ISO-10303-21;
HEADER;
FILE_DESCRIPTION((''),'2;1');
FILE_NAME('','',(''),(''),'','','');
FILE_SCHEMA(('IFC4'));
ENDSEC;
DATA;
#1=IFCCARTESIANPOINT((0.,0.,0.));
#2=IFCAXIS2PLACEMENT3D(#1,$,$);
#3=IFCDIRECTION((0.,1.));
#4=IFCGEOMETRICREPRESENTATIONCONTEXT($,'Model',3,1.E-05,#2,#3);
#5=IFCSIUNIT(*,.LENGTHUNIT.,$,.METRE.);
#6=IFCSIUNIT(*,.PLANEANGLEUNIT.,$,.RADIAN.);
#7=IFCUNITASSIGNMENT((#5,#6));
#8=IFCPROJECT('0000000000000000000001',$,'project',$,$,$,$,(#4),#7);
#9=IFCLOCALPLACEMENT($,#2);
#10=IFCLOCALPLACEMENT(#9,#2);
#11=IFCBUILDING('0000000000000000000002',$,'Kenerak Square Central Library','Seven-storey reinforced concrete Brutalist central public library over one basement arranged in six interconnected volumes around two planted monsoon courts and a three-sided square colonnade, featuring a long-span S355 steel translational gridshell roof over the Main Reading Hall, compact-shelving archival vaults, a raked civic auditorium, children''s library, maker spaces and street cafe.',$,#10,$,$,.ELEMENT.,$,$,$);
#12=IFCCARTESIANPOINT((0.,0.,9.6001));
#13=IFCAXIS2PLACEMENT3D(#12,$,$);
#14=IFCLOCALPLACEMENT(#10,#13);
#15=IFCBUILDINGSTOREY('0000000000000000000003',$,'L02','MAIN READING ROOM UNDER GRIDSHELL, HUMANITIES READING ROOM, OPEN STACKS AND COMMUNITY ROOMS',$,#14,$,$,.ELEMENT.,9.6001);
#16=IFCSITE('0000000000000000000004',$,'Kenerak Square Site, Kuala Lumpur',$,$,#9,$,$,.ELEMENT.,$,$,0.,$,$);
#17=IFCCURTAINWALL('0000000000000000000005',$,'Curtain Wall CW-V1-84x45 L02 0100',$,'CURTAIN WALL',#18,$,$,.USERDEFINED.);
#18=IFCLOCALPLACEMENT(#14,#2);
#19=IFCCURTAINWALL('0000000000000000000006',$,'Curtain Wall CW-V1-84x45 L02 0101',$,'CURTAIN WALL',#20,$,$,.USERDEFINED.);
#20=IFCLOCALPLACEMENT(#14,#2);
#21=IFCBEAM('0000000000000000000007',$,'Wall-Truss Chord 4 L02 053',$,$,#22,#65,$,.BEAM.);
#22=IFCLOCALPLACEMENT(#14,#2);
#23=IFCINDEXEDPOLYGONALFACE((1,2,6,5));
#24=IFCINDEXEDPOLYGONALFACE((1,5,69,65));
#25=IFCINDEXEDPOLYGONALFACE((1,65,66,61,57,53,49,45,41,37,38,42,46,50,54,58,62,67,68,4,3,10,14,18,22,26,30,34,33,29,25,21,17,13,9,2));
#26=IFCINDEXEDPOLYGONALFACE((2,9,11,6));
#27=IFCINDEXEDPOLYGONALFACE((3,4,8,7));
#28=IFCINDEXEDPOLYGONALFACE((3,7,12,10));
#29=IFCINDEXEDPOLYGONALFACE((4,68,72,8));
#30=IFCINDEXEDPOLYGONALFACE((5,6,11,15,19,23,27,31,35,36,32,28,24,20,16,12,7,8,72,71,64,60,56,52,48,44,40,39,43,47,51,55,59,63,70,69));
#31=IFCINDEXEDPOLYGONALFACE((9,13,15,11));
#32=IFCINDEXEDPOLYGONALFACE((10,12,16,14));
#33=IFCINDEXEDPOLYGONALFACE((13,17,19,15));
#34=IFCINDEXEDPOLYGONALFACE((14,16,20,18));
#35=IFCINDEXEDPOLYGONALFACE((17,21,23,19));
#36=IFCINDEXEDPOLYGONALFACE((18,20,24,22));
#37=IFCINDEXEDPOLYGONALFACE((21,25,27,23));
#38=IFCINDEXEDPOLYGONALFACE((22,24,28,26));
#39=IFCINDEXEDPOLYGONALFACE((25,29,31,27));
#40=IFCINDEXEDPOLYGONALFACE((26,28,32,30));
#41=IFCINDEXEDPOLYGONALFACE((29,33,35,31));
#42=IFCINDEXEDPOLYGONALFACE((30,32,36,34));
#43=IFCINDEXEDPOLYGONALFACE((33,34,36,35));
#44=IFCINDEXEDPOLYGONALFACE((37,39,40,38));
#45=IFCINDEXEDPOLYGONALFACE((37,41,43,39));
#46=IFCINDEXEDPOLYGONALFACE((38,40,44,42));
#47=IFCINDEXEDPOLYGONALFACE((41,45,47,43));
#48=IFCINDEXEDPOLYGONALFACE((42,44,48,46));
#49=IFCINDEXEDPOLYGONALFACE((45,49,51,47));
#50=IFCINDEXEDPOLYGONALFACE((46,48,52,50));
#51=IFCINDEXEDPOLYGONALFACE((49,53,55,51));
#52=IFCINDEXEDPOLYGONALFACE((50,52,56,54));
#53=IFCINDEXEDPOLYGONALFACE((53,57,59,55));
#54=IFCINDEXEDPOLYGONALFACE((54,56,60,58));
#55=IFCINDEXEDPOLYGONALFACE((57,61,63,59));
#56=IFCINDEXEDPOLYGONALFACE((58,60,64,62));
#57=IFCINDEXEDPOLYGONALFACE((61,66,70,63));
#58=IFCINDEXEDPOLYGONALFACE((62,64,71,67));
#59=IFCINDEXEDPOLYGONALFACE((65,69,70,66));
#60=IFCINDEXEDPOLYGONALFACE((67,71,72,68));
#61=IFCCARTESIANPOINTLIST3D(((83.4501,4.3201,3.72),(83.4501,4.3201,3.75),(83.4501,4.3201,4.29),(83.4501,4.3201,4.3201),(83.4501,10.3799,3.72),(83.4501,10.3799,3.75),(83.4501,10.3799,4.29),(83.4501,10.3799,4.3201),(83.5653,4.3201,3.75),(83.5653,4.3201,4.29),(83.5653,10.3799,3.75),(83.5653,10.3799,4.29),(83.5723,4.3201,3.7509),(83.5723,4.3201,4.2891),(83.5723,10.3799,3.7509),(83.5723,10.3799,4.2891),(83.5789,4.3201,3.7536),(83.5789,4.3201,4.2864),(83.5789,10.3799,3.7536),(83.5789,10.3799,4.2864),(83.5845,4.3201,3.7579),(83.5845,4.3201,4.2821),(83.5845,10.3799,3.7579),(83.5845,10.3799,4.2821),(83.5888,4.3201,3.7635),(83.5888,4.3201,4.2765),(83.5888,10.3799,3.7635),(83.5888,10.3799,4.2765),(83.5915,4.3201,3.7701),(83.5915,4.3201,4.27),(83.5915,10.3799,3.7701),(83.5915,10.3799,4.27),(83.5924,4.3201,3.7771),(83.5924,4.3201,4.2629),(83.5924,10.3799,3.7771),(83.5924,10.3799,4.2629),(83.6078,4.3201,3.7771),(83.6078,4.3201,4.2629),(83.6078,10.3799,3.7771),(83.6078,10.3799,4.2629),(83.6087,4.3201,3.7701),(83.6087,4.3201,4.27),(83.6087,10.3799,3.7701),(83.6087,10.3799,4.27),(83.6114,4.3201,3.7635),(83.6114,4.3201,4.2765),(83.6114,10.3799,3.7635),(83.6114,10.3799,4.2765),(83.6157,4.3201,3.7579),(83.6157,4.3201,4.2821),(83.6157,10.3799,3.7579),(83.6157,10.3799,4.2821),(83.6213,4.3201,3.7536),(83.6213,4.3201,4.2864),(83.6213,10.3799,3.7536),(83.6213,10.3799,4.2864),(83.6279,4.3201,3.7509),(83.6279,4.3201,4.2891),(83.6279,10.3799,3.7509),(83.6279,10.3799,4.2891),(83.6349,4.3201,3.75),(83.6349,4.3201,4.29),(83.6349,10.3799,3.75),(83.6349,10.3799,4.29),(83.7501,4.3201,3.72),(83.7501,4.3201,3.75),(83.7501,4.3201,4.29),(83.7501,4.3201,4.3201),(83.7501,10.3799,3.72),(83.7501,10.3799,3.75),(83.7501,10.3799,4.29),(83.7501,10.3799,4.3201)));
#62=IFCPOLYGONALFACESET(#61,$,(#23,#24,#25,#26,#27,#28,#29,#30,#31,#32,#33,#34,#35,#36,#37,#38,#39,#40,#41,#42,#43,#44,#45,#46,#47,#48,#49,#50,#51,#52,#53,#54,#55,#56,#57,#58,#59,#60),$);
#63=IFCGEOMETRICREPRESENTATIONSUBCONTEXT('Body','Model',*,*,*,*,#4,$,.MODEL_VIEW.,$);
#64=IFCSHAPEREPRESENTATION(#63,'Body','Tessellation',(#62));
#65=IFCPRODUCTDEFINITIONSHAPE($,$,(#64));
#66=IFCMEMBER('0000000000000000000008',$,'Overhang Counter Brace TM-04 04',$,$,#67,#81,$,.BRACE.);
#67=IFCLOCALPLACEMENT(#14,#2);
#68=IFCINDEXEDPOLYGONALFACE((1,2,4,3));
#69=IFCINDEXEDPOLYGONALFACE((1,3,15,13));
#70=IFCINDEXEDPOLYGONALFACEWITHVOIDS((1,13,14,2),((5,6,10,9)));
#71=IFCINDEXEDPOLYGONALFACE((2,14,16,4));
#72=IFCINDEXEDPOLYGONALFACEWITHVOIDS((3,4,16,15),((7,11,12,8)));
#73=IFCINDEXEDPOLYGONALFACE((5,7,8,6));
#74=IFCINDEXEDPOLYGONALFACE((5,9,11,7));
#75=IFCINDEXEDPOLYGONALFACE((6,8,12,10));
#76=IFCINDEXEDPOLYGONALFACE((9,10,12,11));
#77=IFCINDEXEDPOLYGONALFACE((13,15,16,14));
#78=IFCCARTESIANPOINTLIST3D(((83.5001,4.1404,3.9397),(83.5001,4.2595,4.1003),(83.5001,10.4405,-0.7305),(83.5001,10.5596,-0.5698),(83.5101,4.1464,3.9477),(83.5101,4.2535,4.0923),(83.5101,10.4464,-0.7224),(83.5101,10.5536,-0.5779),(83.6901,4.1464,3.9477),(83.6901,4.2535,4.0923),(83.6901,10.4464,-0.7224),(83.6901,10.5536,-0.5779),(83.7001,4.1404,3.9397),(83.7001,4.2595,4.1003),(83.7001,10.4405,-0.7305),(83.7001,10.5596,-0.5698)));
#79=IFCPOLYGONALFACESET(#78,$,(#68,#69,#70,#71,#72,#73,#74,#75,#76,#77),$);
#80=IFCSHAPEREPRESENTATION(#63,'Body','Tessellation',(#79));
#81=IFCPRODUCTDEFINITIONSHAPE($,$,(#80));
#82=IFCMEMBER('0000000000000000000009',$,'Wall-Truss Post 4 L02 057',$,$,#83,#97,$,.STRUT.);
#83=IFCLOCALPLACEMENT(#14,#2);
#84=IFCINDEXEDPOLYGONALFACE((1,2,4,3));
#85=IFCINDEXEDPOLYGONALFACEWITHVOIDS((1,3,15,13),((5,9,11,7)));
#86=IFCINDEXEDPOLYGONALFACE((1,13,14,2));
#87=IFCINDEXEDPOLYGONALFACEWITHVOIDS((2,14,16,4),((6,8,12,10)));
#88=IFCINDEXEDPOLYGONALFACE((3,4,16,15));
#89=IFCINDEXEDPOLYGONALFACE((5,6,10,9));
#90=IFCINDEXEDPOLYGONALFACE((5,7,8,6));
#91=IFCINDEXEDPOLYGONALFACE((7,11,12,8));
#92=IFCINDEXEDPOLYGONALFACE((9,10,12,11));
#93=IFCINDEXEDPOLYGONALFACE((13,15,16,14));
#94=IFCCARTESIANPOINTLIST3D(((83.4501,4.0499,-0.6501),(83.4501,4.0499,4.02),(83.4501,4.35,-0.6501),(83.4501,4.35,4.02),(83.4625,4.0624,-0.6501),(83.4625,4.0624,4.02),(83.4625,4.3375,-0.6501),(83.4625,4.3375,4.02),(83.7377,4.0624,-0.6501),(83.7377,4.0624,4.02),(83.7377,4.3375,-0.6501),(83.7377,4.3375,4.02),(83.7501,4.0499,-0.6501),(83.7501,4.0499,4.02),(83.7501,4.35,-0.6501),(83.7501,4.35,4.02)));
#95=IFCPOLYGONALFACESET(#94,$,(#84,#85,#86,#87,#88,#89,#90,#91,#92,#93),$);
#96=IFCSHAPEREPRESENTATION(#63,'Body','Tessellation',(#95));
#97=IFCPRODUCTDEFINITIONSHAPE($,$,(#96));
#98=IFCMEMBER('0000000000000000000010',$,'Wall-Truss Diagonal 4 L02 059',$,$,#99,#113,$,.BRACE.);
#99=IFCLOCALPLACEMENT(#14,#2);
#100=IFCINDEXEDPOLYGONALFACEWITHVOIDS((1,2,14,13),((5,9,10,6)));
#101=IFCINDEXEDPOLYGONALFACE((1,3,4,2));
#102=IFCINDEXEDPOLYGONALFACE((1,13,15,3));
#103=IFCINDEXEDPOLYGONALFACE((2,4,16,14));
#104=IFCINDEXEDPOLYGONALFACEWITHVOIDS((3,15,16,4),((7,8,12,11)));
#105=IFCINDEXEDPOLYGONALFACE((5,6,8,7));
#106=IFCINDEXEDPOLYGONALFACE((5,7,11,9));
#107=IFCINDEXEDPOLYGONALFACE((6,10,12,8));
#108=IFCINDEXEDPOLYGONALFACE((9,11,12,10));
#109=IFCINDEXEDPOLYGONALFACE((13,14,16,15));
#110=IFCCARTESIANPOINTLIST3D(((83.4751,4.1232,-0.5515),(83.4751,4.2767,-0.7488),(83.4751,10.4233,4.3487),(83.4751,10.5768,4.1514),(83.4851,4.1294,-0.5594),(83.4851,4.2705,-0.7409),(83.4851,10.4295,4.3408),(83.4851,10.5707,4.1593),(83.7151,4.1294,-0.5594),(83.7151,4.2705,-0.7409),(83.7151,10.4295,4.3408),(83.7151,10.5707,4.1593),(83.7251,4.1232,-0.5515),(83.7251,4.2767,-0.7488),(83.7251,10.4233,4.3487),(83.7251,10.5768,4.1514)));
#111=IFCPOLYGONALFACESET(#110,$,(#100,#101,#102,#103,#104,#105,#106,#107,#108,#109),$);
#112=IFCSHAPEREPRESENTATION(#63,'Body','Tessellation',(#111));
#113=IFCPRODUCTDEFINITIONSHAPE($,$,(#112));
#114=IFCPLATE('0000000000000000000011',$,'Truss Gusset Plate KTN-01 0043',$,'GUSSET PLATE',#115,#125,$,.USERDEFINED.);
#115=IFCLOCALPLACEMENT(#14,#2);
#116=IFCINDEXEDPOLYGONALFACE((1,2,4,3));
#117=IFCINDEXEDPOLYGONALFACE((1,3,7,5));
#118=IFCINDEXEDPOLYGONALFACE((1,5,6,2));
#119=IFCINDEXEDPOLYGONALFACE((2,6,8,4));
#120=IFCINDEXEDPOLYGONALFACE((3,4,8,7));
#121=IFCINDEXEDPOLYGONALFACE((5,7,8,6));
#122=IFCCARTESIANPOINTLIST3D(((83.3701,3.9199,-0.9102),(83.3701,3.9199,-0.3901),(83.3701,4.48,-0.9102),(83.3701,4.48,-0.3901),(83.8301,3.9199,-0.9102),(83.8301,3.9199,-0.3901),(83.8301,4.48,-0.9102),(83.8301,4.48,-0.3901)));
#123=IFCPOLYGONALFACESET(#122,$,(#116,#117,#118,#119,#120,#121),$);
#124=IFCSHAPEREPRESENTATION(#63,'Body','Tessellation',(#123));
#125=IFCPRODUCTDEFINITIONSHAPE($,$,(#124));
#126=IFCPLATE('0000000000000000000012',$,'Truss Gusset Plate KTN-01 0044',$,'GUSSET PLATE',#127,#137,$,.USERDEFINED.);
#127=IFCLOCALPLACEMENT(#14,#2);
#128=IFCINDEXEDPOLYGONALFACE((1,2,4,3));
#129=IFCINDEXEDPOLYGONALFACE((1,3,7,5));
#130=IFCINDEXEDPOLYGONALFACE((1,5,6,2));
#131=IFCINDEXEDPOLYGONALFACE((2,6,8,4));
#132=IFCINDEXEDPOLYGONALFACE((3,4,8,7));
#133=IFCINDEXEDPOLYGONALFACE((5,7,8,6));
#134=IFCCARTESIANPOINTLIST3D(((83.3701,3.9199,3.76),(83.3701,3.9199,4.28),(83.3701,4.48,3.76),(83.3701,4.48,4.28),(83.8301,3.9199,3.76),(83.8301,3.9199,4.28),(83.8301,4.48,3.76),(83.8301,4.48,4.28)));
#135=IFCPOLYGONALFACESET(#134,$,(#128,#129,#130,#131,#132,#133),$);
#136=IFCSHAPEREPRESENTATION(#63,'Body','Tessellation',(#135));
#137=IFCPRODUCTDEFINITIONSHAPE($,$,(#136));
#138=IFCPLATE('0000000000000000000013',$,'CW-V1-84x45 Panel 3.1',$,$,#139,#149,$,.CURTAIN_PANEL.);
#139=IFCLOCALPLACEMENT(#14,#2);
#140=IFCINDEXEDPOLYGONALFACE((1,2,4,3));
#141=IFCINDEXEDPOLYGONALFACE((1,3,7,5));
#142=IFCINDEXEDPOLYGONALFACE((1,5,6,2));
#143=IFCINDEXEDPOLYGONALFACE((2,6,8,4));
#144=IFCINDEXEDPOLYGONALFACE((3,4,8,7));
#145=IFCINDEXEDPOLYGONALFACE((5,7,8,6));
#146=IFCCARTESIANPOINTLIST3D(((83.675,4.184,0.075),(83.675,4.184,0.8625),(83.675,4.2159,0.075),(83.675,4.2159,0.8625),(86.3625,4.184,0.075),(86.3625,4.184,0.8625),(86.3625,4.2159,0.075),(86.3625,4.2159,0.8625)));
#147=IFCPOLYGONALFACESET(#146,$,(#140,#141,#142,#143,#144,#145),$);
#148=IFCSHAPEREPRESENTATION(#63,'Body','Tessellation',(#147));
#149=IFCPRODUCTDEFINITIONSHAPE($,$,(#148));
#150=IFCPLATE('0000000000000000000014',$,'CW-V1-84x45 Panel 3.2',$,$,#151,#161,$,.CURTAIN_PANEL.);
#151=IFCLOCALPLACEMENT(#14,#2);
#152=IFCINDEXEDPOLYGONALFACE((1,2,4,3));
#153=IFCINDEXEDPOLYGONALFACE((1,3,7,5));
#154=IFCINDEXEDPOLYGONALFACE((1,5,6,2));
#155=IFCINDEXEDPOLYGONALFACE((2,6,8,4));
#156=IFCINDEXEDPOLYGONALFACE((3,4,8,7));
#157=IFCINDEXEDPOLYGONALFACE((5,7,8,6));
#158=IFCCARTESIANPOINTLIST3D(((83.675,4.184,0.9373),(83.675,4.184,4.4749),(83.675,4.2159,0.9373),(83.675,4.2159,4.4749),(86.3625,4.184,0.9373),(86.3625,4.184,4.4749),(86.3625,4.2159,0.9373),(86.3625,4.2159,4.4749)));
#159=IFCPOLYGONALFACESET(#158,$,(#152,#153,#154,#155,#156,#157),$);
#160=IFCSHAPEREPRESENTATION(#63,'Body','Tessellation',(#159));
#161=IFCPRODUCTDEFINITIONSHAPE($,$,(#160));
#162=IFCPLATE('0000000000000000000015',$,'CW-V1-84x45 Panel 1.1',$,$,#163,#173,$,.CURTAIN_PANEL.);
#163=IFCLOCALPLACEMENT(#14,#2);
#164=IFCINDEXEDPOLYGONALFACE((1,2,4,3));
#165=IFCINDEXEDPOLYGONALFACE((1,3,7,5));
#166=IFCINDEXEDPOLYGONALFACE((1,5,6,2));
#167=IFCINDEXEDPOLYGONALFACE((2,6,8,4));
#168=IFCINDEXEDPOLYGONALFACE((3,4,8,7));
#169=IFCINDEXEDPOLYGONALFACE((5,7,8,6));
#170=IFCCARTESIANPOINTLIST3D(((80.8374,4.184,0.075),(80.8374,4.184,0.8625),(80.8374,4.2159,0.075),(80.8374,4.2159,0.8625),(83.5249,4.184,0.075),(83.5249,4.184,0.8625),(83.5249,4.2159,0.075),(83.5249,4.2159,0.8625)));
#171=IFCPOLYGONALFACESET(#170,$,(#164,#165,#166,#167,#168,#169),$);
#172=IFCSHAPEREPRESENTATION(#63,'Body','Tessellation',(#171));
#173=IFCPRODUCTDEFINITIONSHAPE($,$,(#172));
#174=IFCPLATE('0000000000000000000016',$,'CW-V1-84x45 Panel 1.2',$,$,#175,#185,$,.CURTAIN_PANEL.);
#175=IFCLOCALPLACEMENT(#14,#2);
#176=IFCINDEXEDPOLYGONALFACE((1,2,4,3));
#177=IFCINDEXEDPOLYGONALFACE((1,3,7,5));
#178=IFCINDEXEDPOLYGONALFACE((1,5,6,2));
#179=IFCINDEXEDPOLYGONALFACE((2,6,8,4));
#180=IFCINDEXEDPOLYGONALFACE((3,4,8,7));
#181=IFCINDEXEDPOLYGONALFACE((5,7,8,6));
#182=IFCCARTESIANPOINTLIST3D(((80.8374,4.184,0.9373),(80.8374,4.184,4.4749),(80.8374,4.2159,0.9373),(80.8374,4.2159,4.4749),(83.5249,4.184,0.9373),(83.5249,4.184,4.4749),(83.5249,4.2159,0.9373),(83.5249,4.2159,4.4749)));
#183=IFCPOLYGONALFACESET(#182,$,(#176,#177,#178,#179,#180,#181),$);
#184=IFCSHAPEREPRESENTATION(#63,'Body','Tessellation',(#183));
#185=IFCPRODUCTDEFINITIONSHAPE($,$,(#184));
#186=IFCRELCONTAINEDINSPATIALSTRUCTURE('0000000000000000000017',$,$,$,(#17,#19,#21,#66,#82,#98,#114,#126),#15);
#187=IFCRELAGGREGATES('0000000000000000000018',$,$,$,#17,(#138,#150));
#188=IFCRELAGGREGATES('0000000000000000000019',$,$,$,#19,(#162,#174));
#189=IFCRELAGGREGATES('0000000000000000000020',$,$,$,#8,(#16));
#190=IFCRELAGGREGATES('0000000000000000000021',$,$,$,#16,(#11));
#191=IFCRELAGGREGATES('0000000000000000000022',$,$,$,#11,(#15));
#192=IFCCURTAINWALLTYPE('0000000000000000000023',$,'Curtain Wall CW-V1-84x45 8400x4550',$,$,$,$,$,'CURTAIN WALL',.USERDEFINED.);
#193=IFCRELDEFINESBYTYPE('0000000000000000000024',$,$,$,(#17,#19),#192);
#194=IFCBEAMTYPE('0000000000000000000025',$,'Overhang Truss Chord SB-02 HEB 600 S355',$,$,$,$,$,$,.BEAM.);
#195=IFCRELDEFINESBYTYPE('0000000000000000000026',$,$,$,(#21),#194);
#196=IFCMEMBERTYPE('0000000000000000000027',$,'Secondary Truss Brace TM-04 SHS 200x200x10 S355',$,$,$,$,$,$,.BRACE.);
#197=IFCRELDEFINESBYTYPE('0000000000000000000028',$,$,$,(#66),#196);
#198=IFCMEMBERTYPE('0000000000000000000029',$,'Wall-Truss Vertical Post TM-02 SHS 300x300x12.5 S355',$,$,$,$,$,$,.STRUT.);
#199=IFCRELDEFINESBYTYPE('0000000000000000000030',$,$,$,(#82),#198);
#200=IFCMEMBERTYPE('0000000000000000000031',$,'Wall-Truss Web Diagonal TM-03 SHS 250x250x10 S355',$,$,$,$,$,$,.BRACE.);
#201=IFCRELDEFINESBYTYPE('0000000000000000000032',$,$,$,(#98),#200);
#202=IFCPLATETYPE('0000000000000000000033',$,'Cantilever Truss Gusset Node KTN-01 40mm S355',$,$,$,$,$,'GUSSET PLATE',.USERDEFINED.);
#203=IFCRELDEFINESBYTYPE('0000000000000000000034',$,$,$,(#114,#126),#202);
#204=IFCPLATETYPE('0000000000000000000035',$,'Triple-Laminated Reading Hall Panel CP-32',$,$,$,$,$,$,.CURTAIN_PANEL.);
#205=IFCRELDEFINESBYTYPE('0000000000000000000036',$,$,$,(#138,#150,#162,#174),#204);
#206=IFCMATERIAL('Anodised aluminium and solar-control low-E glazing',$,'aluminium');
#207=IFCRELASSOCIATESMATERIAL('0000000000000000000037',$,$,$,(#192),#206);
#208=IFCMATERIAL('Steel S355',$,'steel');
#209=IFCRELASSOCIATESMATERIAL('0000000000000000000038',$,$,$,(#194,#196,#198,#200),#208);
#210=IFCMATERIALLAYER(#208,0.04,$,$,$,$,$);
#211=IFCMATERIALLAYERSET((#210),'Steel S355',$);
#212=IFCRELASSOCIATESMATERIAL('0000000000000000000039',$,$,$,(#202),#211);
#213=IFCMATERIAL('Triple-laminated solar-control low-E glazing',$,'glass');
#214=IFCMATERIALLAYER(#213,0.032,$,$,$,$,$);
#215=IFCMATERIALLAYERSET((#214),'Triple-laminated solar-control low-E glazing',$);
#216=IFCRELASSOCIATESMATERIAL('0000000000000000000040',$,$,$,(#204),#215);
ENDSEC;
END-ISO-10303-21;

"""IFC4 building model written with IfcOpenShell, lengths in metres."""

from ifc_helpers import new_model, si_unit, direction, frame, origin, origin_2d, place, context, subcontext, project, spatial, rectangle, hollow_rectangle, i_section, extrude, material, layer, layer_set, material_profile, profile_set, type_object, element, aggregate, save


model = new_model("IFC4")

# Units and contexts
model_context = context("Model", 3, precision=1e-05, world=origin(), true_north=direction((0.0, 1.0)))
body_context = subcontext(model_context, "Body", "Model", "MODEL_VIEW")
ifc_project = project(units=[si_unit("LENGTHUNIT", "METRE"), si_unit("PLANEANGLEUNIT", "RADIAN")], contexts=[model_context])

# Site, building, storey
site_placement = place(None, origin())
site = spatial("IfcSite", under=ifc_project, at=site_placement, Name="Kenerak Square Site, Kuala Lumpur", CompositionType="ELEMENT", RefElevation=0.0)
building_placement = place(site_placement, origin())
building = spatial("IfcBuilding", under=site, at=building_placement, Name="Kenerak Square Central Library", Description="Seven-storey reinforced concrete Brutalist central public library over one basement arranged in six interconnected volumes around two planted monsoon courts and a three-sided square colonnade, featuring a long-span S355 steel translational gridshell roof over the Main Reading Hall, compact-shelving archival vaults, a raked civic auditorium, children's library, maker spaces and street cafe.", CompositionType="ELEMENT")
storey_placement = place(building_placement, frame((0.0, 0.0, 9.6001)))
storey = spatial("IfcBuildingStorey", under=building, at=storey_placement, Name="L02", Description="MAIN READING ROOM UNDER GRIDSHELL, HUMANITIES READING ROOM, OPEN STACKS AND COMMUNITY ROOMS", CompositionType="ELEMENT", Elevation=9.6001)

# Curtain wall
ifc_material_1 = material(Name="Anodised aluminium and solar-control low-E glazing", Category="aluminium")
curtain_wall_type = type_object("IfcCurtainWallType", Name="Curtain Wall CW-V1-84x45 8400x4550", ElementType="CURTAIN WALL", PredefinedType="USERDEFINED", material=ifc_material_1)
curtain_wall_1_placement = place(storey_placement, origin())
curtain_wall_1 = element("IfcCurtainWall", 1, at=curtain_wall_1_placement, inside=storey, type_object=curtain_wall_type, Name="Curtain Wall CW-V1-84x45 L02 0100", ObjectType="CURTAIN WALL", PredefinedType="USERDEFINED")

# Curtain wall
curtain_wall_2_placement = place(storey_placement, origin())
curtain_wall_2 = element("IfcCurtainWall", 2, at=curtain_wall_2_placement, inside=storey, type_object=curtain_wall_type, Name="Curtain Wall CW-V1-84x45 L02 0101", ObjectType="CURTAIN WALL", PredefinedType="USERDEFINED")

# Beam
ifc_material_2 = material(Name="Steel S355", Category="steel")
ifc_material_profile_1 = material_profile(ifc_material_2, i_section(OverallWidth=0.3, OverallDepth=0.6001, WebThickness=0.0154, FlangeThickness=0.03, FilletRadius=0.0271, at=origin_2d()), Name="HEB 600")
ifc_profile_set_1 = profile_set([ifc_material_profile_1], Name="Steel S355")
beam_type_1 = type_object("IfcBeamType", Name="Overhang Truss Chord SB-02 HEB 600 S355", PredefinedType="BEAM", material=ifc_profile_set_1)
beam_1_placement = place(storey_placement, frame((83.6001, 4.3201, 4.02), z_axis=(0.0, 1.0, 0.0), x_axis=(-1.0, 0.0, 0.0)))
element("IfcBeam", 3, at=beam_1_placement, inside=storey, type_object=beam_type_1, Name="Wall-Truss Chord 4 L02 053", PredefinedType="BEAM", context=body_context, shape_type="SweptSolid", body=[
    extrude(i_section(OverallWidth=0.3, OverallDepth=0.6001, WebThickness=0.0154, FlangeThickness=0.03, FilletRadius=0.0271, at=origin_2d()), origin(), (0.0, 0.0, 1.0), 6.0598),
])

# Members
ifc_material_profile_2 = material_profile(ifc_material_2, hollow_rectangle(XDim=0.2, YDim=0.2, WallThickness=0.01, at=origin_2d()), Name="SHS 200x200x10.0")
ifc_profile_set_2 = profile_set([ifc_material_profile_2], Name="Steel S355")
member_type_1 = type_object("IfcMemberType", Name="Secondary Truss Brace TM-04 SHS 200x200x10 S355", PredefinedType="BRACE", material=ifc_profile_set_2)
member_1_placement = place(storey_placement, frame((83.6001, 4.2, 4.02), z_axis=(0.0, 0.803346, -0.595513), x_axis=(-1.0, 0.0, 0.0)))
element("IfcMember", 4, at=member_1_placement, inside=storey, type_object=member_type_1, Name="Overhang Counter Brace TM-04 04", PredefinedType="BRACE", context=body_context, shape_type="SweptSolid", body=[
    extrude(hollow_rectangle(XDim=0.2, YDim=0.2, WallThickness=0.01, at=origin_2d()), origin(), (0.0, 0.0, 1.0), 7.8423),
])
ifc_material_profile_3 = material_profile(ifc_material_2, hollow_rectangle(XDim=0.3, YDim=0.3, WallThickness=0.0125, at=origin_2d()), Name="SHS 300x300x12.5")
ifc_profile_set_3 = profile_set([ifc_material_profile_3], Name="Steel S355")
member_type_2 = type_object("IfcMemberType", Name="Wall-Truss Vertical Post TM-02 SHS 300x300x12.5 S355", PredefinedType="STRUT", material=ifc_profile_set_3)
member_2_placement = place(storey_placement, frame((83.6001, 4.2, -0.6501), z_axis=(0.0, 0.0, 1.0), x_axis=(1.0, 0.0, 0.0)))
element("IfcMember", 5, at=member_2_placement, inside=storey, type_object=member_type_2, Name="Wall-Truss Post 4 L02 057", PredefinedType="STRUT", context=body_context, shape_type="SweptSolid", body=[
    extrude(hollow_rectangle(XDim=0.3, YDim=0.3, WallThickness=0.0125, at=origin_2d()), origin(), (0.0, 0.0, 1.0), 4.6702),
])
ifc_material_profile_4 = material_profile(ifc_material_2, hollow_rectangle(XDim=0.25, YDim=0.25, WallThickness=0.01, at=origin_2d()), Name="SHS 250x250x10.0")
ifc_profile_set_4 = profile_set([ifc_material_profile_4], Name="Steel S355")
member_type_3 = type_object("IfcMemberType", Name="Wall-Truss Web Diagonal TM-03 SHS 250x250x10 S355", PredefinedType="BRACE", material=ifc_profile_set_4)
member_3_placement = place(storey_placement, frame((83.6001, 4.2, -0.6501), z_axis=(0.0, 0.789346, 0.613949), x_axis=(-1.0, 0.0, 0.0)))
element("IfcMember", 6, at=member_3_placement, inside=storey, type_object=member_type_3, Name="Wall-Truss Diagonal 4 L02 059", PredefinedType="BRACE", context=body_context, shape_type="SweptSolid", body=[
    extrude(hollow_rectangle(XDim=0.25, YDim=0.25, WallThickness=0.01, at=origin_2d()), origin(), (0.0, 0.0, 1.0), 7.9814),
])

# Plates
ifc_layer_1 = layer(ifc_material_2, 0.04)
ifc_layer_set_1 = layer_set([ifc_layer_1], Name="Steel S355")
plate_type_1 = type_object("IfcPlateType", Name="Cantilever Truss Gusset Node KTN-01 40mm S355", ElementType="GUSSET PLATE", PredefinedType="USERDEFINED", material=ifc_layer_set_1)
for number, where, z_axis, x_axis, name in (
    (7, (83.6001, 4.2, -0.9102), (0.0, 0.0, 1.0), (1.0, 0.0, 0.0), "Truss Gusset Plate KTN-01 0043"),
    (8, (83.6001, 4.2, 3.76), (0.0, 0.0, 1.0), (1.0, 0.0, 0.0), "Truss Gusset Plate KTN-01 0044"),
):
    element("IfcPlate", number, at=place(storey_placement, frame(where, z_axis=z_axis, x_axis=x_axis)), inside=storey, type_object=plate_type_1, Name=name, ObjectType="GUSSET PLATE", PredefinedType="USERDEFINED", context=body_context, shape_type="SweptSolid", body=[
        extrude(rectangle(XDim=0.46, YDim=0.5601, at=origin_2d()), origin(), (0.0, 0.0, 1.0), 0.52),
    ])

# Plates
ifc_material_3 = material(Name="Triple-laminated solar-control low-E glazing", Category="glass")
ifc_layer_2 = layer(ifc_material_3, 0.032)
ifc_layer_set_2 = layer_set([ifc_layer_2], Name="Triple-laminated solar-control low-E glazing")
plate_type_2 = type_object("IfcPlateType", Name="Triple-Laminated Reading Hall Panel CP-32", PredefinedType="CURTAIN_PANEL", material=ifc_layer_set_2)
plate_1_placement = place(storey_placement, frame((85.0188, 4.2, 0.075), z_axis=(0.0, 0.0, 1.0), x_axis=(-1.0, 0.0, 0.0)))
plate_1 = element("IfcPlate", 9, at=plate_1_placement, type_object=plate_type_2, Name="CW-V1-84x45 Panel 3.1", PredefinedType="CURTAIN_PANEL", context=body_context, shape_type="SweptSolid", body=[
    extrude(rectangle(XDim=2.6875, YDim=0.032, at=origin_2d()), origin(), (0.0, 0.0, 1.0), 0.7876),
])
plate_2_placement = place(storey_placement, frame((85.0188, 4.2, 0.9373), z_axis=(0.0, 0.0, 1.0), x_axis=(-1.0, 0.0, 0.0)))
plate_2 = element("IfcPlate", 10, at=plate_2_placement, type_object=plate_type_2, Name="CW-V1-84x45 Panel 3.2", PredefinedType="CURTAIN_PANEL", context=body_context, shape_type="SweptSolid", body=[
    extrude(rectangle(XDim=2.6875, YDim=0.032, at=origin_2d()), origin(), (0.0, 0.0, 1.0), 3.5376),
])
aggregate(curtain_wall_1, [plate_1, plate_2])
plate_3_placement = place(storey_placement, frame((82.1812, 4.2, 0.075), z_axis=(0.0, 0.0, 1.0), x_axis=(-1.0, 0.0, 0.0)))
plate_3 = element("IfcPlate", 11, at=plate_3_placement, type_object=plate_type_2, Name="CW-V1-84x45 Panel 1.1", PredefinedType="CURTAIN_PANEL", context=body_context, shape_type="SweptSolid", body=[
    extrude(rectangle(XDim=2.6875, YDim=0.032, at=origin_2d()), origin(), (0.0, 0.0, 1.0), 0.7876),
])
plate_4_placement = place(storey_placement, frame((82.1812, 4.2, 0.9373), z_axis=(0.0, 0.0, 1.0), x_axis=(-1.0, 0.0, 0.0)))
plate_4 = element("IfcPlate", 12, at=plate_4_placement, type_object=plate_type_2, Name="CW-V1-84x45 Panel 1.2", PredefinedType="CURTAIN_PANEL", context=body_context, shape_type="SweptSolid", body=[
    extrude(rectangle(XDim=2.6875, YDim=0.032, at=origin_2d()), origin(), (0.0, 0.0, 1.0), 3.5376),
])
aggregate(curtain_wall_2, [plate_3, plate_4])

save(model, "model.ifc")
